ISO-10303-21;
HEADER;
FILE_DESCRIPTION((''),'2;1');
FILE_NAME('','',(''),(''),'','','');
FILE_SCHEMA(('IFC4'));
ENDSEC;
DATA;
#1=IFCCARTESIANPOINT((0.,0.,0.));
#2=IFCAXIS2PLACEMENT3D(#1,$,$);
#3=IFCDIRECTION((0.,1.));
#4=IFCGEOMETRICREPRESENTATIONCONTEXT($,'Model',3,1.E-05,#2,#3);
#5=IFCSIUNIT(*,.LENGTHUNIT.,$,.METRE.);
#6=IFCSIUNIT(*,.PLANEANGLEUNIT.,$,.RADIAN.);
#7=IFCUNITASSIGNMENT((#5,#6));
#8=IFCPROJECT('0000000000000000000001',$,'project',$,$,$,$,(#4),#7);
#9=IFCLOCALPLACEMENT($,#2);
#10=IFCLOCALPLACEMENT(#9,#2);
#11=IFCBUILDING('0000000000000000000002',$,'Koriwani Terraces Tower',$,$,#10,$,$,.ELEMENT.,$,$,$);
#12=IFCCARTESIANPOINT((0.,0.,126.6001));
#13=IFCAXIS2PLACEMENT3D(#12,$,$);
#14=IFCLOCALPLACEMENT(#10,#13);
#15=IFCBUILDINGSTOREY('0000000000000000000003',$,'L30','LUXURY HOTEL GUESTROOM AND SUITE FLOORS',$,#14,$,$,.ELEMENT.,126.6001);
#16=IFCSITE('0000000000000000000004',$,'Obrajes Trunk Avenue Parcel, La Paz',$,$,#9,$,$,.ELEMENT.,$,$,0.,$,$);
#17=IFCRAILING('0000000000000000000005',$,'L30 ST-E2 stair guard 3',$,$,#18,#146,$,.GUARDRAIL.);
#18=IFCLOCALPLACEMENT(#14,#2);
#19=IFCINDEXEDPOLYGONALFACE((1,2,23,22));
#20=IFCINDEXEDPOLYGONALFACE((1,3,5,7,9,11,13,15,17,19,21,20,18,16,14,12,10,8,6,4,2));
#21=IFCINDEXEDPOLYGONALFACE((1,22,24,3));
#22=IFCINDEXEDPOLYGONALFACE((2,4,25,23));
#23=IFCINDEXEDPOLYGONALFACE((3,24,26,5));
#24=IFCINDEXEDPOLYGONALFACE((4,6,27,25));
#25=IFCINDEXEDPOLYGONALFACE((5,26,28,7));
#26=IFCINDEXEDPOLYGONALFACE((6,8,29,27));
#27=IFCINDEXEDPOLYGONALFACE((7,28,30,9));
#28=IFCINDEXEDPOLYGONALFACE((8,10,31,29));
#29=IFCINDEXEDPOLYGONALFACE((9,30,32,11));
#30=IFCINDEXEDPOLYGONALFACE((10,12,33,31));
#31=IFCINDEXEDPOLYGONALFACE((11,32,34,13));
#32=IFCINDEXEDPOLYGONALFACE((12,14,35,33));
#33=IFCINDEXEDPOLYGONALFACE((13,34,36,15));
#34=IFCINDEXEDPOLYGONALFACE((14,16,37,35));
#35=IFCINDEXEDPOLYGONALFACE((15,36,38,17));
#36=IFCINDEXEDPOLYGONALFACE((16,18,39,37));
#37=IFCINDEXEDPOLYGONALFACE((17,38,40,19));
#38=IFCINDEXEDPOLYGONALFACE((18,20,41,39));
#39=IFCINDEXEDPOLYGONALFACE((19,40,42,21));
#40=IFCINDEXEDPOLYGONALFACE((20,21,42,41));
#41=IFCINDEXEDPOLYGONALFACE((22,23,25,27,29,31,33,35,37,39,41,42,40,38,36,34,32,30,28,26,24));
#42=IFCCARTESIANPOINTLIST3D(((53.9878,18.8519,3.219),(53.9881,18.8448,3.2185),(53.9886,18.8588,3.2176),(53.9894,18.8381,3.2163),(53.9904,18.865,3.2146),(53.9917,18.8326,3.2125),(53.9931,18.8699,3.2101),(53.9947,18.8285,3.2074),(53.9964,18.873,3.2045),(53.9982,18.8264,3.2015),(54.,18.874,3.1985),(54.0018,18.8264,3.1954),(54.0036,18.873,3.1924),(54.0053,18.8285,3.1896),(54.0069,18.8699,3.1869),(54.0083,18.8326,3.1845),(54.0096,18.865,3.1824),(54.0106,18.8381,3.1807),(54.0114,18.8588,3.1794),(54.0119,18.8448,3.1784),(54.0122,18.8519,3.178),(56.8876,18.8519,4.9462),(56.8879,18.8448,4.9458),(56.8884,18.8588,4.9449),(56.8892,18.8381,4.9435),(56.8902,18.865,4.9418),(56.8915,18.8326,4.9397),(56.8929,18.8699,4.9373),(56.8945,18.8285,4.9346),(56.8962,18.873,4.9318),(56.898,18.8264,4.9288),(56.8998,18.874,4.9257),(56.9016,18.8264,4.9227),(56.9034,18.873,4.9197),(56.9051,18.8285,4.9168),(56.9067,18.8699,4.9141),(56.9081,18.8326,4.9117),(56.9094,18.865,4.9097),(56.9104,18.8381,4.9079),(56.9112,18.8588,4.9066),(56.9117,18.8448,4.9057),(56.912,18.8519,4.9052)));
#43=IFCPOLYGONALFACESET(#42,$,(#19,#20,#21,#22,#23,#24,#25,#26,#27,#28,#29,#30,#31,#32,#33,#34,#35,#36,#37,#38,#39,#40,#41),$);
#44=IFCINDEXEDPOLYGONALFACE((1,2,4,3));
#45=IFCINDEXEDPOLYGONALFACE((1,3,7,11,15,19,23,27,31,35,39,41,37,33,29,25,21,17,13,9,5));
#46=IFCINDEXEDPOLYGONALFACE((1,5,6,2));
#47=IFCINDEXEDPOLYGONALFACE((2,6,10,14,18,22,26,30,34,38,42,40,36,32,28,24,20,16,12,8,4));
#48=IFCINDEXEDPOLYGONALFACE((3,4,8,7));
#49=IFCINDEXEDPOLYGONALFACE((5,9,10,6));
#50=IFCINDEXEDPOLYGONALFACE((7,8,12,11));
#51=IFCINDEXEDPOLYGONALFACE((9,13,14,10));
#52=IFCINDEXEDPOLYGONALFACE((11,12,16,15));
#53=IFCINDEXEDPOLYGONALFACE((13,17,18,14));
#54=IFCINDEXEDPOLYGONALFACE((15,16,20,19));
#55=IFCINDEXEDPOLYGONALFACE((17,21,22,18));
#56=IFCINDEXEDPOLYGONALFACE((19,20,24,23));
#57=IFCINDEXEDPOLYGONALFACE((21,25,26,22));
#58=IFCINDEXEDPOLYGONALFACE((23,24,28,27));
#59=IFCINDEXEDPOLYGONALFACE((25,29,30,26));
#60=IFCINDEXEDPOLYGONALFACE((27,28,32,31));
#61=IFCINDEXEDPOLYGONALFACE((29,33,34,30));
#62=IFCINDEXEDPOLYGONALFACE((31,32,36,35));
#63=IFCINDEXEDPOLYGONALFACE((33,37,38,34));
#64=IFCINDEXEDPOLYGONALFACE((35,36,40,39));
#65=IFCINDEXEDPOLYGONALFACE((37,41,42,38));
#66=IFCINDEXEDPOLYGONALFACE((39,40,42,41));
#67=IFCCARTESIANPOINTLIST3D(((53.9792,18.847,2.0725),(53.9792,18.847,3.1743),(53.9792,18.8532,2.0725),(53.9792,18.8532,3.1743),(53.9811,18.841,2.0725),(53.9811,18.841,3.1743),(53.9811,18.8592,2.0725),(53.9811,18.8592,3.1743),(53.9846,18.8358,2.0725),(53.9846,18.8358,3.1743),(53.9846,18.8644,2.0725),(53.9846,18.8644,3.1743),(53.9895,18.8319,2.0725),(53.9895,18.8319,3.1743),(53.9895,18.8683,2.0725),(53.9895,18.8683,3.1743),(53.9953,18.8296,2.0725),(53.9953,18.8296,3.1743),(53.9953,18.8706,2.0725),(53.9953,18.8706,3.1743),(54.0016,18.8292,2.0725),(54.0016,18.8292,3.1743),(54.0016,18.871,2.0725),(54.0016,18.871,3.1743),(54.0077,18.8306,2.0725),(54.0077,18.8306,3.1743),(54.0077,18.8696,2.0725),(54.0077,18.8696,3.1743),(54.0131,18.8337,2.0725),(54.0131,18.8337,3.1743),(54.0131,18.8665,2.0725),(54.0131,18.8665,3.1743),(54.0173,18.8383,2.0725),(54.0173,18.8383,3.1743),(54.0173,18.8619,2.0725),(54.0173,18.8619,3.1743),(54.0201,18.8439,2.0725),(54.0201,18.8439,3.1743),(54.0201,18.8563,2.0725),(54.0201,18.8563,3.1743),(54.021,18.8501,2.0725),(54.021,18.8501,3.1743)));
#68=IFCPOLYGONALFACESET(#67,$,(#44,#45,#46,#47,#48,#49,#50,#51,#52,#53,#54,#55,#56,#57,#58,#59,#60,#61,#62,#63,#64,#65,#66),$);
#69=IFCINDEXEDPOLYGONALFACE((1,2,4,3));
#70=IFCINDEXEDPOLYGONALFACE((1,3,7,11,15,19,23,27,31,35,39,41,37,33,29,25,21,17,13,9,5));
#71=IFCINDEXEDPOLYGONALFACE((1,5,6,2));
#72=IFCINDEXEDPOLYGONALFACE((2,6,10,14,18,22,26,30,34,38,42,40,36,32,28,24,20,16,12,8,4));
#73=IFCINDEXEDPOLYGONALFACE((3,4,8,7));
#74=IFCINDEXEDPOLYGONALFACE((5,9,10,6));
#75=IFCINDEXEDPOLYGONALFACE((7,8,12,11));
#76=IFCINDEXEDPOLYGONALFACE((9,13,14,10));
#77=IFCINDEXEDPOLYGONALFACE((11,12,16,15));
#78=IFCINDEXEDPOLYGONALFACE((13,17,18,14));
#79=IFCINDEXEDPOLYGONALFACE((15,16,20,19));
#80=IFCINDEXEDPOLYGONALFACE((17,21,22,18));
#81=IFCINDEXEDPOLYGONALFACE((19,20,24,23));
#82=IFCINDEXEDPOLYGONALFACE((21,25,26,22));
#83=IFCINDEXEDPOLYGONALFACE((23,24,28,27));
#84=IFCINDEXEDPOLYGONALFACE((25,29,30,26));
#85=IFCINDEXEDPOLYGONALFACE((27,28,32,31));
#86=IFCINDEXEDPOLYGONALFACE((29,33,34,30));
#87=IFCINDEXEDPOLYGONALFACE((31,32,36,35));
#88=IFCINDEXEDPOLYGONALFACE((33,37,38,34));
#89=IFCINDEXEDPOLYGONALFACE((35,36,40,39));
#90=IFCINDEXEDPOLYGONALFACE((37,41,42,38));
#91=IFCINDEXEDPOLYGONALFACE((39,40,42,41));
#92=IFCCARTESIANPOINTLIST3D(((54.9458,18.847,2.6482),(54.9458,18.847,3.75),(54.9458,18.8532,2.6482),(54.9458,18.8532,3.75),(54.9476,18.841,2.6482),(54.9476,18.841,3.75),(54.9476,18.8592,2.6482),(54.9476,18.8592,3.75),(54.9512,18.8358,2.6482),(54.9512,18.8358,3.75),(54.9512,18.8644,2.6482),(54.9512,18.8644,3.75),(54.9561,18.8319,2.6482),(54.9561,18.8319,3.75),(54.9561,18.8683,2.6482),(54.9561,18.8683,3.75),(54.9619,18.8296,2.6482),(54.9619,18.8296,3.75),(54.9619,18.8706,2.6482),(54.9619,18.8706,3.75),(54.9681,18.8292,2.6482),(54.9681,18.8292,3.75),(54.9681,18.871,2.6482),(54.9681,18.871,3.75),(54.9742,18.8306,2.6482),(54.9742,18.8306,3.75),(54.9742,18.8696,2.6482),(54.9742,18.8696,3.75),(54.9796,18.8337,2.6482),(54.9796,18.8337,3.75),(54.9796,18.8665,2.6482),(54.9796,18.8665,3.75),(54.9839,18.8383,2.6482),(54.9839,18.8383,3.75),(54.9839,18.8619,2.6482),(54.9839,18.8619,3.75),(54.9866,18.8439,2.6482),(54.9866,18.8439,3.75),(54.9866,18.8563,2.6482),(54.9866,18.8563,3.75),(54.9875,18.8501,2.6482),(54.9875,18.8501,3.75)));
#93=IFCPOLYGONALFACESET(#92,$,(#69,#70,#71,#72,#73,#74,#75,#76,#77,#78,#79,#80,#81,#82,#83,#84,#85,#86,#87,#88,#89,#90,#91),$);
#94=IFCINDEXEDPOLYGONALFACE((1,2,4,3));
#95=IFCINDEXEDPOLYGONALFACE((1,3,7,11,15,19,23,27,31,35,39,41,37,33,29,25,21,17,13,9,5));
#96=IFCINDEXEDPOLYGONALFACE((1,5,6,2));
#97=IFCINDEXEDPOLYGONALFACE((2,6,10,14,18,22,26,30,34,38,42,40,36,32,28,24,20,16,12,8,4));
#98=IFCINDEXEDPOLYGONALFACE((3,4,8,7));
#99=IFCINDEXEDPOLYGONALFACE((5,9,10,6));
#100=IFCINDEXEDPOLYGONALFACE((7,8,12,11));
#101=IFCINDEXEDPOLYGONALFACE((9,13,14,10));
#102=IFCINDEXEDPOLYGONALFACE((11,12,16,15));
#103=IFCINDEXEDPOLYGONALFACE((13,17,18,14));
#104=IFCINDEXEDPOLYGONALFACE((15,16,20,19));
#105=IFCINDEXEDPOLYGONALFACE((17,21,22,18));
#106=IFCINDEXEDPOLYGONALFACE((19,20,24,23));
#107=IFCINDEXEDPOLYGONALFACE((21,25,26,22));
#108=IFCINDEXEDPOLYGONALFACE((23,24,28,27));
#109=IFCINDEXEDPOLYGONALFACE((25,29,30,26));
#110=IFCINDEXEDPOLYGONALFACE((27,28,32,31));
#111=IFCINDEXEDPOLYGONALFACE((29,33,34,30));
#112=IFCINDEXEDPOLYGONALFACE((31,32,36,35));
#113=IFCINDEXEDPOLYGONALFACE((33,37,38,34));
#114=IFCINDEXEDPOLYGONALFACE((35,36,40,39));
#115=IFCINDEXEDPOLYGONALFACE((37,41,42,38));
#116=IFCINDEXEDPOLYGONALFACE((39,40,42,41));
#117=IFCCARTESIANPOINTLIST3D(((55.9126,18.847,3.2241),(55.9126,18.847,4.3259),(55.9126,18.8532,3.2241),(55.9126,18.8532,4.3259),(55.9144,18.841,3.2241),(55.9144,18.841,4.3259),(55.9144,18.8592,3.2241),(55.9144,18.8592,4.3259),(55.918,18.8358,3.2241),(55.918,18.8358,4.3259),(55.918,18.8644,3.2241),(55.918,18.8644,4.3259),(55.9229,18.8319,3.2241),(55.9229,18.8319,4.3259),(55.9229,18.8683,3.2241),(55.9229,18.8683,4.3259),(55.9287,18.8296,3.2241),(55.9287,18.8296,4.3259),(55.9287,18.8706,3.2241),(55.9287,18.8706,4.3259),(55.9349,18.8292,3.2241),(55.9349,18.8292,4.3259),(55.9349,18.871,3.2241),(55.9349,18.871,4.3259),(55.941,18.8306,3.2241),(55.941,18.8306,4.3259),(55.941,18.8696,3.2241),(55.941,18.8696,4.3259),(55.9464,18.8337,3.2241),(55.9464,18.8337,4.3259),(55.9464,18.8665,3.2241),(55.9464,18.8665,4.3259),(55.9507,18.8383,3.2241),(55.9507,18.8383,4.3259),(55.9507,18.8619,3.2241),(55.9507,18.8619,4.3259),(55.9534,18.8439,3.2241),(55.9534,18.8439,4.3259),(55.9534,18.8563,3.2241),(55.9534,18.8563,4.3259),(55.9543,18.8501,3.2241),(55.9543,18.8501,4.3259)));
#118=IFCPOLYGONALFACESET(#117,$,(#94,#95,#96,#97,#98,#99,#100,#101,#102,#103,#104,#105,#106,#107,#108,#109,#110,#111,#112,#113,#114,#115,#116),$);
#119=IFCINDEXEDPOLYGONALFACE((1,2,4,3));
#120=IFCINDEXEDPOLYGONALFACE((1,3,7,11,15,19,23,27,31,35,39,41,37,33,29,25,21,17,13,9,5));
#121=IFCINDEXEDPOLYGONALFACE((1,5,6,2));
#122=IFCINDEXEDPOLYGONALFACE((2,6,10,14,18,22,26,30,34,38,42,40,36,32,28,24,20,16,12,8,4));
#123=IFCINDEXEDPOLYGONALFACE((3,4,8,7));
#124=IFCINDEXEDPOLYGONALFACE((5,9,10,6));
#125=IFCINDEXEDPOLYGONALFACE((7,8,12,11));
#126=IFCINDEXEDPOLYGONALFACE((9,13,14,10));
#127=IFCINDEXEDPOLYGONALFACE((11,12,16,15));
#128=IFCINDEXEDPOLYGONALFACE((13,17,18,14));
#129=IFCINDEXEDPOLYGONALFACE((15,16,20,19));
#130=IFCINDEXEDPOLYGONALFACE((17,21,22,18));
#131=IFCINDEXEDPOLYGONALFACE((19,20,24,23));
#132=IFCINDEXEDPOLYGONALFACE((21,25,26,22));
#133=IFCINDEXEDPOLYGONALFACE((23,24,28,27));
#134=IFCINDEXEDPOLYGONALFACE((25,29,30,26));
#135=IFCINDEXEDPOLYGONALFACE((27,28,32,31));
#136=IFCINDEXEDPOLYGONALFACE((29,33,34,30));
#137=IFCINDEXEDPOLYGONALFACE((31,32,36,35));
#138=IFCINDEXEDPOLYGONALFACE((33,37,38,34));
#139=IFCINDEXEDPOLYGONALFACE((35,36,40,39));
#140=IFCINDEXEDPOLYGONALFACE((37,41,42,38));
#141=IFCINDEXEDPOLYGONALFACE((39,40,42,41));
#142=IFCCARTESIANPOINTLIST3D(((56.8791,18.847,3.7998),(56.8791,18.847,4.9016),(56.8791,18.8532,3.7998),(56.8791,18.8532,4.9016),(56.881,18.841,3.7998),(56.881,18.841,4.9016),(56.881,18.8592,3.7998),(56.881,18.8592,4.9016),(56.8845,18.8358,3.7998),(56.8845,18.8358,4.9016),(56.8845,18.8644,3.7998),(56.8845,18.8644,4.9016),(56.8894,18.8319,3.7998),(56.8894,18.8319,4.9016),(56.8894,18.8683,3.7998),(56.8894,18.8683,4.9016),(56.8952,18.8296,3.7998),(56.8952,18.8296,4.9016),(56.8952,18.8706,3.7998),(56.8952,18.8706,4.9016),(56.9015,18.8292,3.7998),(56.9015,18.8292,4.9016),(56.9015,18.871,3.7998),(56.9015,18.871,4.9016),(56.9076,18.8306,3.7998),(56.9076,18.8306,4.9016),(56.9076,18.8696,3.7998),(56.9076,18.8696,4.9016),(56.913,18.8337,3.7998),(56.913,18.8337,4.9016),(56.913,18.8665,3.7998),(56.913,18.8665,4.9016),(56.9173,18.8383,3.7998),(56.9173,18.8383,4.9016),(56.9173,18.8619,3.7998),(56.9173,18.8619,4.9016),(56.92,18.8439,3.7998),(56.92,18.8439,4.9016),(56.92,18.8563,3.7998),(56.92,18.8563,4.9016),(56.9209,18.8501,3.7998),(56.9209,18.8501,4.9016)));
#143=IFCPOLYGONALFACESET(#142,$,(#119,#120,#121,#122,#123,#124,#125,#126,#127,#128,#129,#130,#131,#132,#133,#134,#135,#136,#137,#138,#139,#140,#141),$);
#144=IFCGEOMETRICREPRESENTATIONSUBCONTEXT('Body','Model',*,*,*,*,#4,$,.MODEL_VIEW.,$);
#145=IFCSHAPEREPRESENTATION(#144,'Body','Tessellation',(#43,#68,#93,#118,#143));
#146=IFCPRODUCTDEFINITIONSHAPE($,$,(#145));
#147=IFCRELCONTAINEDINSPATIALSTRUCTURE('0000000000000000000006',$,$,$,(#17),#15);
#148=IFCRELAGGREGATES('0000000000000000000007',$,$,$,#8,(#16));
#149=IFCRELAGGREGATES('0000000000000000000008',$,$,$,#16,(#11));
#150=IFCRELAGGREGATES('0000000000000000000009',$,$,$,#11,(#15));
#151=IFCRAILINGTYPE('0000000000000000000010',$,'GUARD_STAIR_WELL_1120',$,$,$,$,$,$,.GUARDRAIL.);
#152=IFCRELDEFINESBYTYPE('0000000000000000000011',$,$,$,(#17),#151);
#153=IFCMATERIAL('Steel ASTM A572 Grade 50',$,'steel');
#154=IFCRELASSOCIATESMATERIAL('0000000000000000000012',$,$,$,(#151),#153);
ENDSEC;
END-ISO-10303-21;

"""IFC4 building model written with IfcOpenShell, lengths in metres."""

from ifc_helpers import new_model, si_unit, direction, frame, origin, origin_2d, place, context, subcontext, project, spatial, circle, extrude, material, type_object, element, save


model = new_model("IFC4")

# Units and contexts
model_context = context("Model", 3, precision=1e-05, world=origin(), true_north=direction((0.0, 1.0)))
body_context = subcontext(model_context, "Body", "Model", "MODEL_VIEW")
ifc_project = project(units=[si_unit("LENGTHUNIT", "METRE"), si_unit("PLANEANGLEUNIT", "RADIAN")], contexts=[model_context])

# Site, building, storey
site_placement = place(None, origin())
site = spatial("IfcSite", under=ifc_project, at=site_placement, Name="Obrajes Trunk Avenue Parcel, La Paz", CompositionType="ELEMENT", RefElevation=0.0)
building_placement = place(site_placement, origin())
building = spatial("IfcBuilding", under=site, at=building_placement, Name="Koriwani Terraces Tower", CompositionType="ELEMENT")
storey_placement = place(building_placement, frame((0.0, 0.0, 126.6001)))
storey = spatial("IfcBuildingStorey", under=building, at=storey_placement, Name="L30", Description="LUXURY HOTEL GUESTROOM AND SUITE FLOORS", CompositionType="ELEMENT", Elevation=126.6001)

# Shared definitions
ifc_material_1 = material(Name="Steel ASTM A572 Grade 50", Category="steel")

# Railing
railing_type_1 = type_object("IfcRailingType", Name="GUARD_STAIR_WELL_1120", PredefinedType="GUARDRAIL", material=ifc_material_1)
railing_1_placement = place(storey_placement, frame((54.0, 18.8501, 2.0725)))
element("IfcRailing", 1, at=railing_1_placement, inside=storey, type_object=railing_type_1, Name="L30 ST-E2 stair guard 3", PredefinedType="GUARDRAIL", context=body_context, shape_type="SweptSolid", body=[
    extrude(circle(Radius=0.0239, at=origin_2d()), frame((0.0, 0.0, 1.126), z_axis=(0.859141, 0.0, 0.511738), x_axis=(0.0, 1.0, 0.0)), (0.0, 0.0, 1.0), 3.3752),
    extrude(circle(Radius=0.021, at=origin_2d()), origin(), (0.0, 0.0, 1.0), 1.1018),
    extrude(circle(Radius=0.021, at=origin_2d()), frame((0.9666, 0.0, 0.5757)), (0.0, 0.0, 1.0), 1.1018),
    extrude(circle(Radius=0.021, at=origin_2d()), frame((1.9333, 0.0, 1.1516)), (0.0, 0.0, 1.0), 1.1018),
    extrude(circle(Radius=0.021, at=origin_2d()), frame((2.8999, 0.0, 1.7273)), (0.0, 0.0, 1.0), 1.1018),
])

save(model, "model.ifc")
